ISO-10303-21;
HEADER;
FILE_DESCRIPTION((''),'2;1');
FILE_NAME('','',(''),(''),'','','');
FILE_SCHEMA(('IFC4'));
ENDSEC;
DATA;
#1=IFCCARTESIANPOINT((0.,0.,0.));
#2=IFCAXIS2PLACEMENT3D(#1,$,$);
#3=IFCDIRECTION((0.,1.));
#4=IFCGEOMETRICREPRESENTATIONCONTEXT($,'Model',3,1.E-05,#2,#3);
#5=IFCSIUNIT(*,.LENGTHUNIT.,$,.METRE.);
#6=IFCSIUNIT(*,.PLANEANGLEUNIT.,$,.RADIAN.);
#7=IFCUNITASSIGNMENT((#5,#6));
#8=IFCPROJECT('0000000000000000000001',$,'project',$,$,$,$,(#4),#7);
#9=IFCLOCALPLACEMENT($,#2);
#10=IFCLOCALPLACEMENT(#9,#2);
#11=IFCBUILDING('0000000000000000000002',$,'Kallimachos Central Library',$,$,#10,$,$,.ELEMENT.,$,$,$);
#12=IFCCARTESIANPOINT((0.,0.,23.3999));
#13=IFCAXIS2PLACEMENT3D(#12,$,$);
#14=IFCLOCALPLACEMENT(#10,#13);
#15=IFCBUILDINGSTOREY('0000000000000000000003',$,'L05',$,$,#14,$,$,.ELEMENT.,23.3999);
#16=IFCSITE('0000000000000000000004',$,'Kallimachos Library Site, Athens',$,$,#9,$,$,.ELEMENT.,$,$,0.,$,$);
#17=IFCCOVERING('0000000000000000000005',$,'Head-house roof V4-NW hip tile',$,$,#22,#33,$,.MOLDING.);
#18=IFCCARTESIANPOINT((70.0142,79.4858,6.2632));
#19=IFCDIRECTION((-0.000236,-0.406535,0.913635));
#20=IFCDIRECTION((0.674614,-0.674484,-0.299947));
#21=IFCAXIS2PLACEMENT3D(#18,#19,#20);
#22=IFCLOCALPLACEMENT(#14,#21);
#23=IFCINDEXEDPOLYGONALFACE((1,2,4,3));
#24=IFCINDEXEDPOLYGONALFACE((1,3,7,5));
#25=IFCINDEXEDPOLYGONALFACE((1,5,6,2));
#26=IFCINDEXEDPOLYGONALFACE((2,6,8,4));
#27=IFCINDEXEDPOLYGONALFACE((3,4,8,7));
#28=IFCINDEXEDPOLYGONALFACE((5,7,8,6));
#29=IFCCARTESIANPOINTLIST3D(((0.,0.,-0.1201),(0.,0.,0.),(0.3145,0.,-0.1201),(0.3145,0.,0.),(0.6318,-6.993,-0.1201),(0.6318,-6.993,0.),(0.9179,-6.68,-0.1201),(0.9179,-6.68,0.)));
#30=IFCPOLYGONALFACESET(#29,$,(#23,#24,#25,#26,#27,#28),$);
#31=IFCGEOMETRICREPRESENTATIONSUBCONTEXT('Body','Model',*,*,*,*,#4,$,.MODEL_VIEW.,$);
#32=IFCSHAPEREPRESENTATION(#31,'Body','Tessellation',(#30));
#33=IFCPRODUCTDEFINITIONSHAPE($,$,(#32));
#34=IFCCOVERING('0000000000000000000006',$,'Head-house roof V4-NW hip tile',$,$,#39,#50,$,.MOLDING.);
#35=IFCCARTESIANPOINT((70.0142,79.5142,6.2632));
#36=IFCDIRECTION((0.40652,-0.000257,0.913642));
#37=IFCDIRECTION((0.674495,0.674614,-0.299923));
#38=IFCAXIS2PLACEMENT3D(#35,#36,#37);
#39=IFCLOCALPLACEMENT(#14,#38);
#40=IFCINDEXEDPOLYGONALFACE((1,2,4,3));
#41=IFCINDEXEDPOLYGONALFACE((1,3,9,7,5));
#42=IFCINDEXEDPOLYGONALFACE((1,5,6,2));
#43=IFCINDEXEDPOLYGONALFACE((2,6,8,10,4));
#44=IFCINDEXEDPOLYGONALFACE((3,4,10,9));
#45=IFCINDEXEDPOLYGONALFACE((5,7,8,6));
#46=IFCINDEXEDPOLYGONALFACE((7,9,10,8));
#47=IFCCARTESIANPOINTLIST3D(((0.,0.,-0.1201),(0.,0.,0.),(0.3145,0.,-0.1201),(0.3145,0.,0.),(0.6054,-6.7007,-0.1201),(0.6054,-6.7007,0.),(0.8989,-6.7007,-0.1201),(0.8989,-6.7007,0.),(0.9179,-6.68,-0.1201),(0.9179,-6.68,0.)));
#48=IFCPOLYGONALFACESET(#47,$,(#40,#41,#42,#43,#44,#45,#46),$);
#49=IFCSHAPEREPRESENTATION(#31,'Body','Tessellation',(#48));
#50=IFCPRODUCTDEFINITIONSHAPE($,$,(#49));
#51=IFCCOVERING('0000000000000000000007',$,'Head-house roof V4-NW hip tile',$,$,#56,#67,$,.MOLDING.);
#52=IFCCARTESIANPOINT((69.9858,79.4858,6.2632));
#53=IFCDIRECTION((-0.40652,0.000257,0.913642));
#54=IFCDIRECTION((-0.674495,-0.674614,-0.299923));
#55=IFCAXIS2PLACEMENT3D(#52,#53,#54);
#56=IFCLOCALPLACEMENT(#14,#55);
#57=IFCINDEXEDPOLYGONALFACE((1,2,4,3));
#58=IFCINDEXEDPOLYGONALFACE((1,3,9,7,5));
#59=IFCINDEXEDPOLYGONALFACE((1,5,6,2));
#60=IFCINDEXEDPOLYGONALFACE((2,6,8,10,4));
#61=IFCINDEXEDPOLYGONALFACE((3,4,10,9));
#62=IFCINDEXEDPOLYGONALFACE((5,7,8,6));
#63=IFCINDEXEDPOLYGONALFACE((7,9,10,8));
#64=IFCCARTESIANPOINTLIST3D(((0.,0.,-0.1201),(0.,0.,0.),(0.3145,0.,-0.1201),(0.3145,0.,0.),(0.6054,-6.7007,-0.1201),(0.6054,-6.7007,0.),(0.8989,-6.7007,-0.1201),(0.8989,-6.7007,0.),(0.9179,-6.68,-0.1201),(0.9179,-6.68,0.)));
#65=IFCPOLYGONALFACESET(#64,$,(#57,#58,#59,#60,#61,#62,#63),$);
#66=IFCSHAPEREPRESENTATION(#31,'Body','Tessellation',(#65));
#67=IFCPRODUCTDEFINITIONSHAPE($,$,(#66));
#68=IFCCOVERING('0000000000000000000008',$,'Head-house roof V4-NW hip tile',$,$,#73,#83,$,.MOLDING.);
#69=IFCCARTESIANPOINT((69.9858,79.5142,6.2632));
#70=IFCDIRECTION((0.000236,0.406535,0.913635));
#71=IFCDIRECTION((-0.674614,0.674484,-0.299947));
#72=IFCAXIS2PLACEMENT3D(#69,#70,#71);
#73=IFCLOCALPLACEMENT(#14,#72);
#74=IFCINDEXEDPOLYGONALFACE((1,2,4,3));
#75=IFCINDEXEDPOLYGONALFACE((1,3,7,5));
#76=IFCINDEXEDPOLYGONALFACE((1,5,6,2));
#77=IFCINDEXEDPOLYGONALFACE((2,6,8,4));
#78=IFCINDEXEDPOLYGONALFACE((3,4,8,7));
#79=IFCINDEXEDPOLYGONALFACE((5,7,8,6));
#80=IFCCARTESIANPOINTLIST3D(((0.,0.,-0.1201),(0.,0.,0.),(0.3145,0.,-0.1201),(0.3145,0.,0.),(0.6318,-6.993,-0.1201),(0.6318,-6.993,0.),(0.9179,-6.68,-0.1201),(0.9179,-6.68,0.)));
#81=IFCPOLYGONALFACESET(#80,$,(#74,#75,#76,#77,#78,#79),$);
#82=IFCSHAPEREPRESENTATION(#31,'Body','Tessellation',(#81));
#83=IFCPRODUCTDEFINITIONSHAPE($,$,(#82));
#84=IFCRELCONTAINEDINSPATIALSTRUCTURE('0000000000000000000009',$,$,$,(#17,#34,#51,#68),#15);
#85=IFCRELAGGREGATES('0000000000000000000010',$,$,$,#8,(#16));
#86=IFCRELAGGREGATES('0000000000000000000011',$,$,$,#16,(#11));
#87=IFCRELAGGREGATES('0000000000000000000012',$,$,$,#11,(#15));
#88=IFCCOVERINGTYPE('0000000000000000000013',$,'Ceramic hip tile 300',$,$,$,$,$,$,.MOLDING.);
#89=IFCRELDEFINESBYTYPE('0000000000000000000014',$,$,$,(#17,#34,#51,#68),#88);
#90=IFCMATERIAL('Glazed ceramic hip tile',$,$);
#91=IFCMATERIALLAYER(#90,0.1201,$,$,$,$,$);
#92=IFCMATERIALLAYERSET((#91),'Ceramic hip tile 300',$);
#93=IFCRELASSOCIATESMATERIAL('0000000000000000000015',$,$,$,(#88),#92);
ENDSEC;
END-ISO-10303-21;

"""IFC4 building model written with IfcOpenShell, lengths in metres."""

from ifc_helpers import new_model, si_unit, direction, frame, origin, place, context, subcontext, project, spatial, polyline, outline, extrude, material, layer, layer_set, type_object, element, save


model = new_model("IFC4")

# Units and contexts
model_context = context("Model", 3, precision=1e-05, world=origin(), true_north=direction((0.0, 1.0)))
body_context = subcontext(model_context, "Body", "Model", "MODEL_VIEW")
ifc_project = project(units=[si_unit("LENGTHUNIT", "METRE"), si_unit("PLANEANGLEUNIT", "RADIAN")], contexts=[model_context])

# Site, building, storey
site_placement = place(None, origin())
site = spatial("IfcSite", under=ifc_project, at=site_placement, Name="Kallimachos Library Site, Athens", CompositionType="ELEMENT", RefElevation=0.0)
building_placement = place(site_placement, origin())
building = spatial("IfcBuilding", under=site, at=building_placement, Name="Kallimachos Central Library", CompositionType="ELEMENT")
storey_placement = place(building_placement, frame((0.0, 0.0, 23.3999)))
storey = spatial("IfcBuildingStorey", under=building, at=storey_placement, Name="L05", CompositionType="ELEMENT", Elevation=23.3999)

# Coverings
ifc_material_1 = material(Name="Glazed ceramic hip tile")
ifc_layer_1 = layer(ifc_material_1, 0.1201)
ifc_layer_set_1 = layer_set([ifc_layer_1], Name="Ceramic hip tile 300")
covering_type = type_object("IfcCoveringType", Name="Ceramic hip tile 300", PredefinedType="MOLDING", material=ifc_layer_set_1)
covering_1_placement = place(storey_placement, frame((70.0142, 79.4858, 6.2632), z_axis=(-0.000236, -0.406535, 0.913635), x_axis=(0.674614, -0.674484, -0.299947)))
element("IfcCovering", 1, at=covering_1_placement, inside=storey, type_object=covering_type, Name="Head-house roof V4-NW hip tile", PredefinedType="MOLDING", context=body_context, shape_type="SweptSolid", body=[
    extrude(outline(polyline([(0.0, 0.0), (0.3145, 0.0), (0.9179, -6.68), (0.6318, -6.993), (0.0, 0.0)])), origin(), (0.0, 0.0, -1.0), 0.1201),
])
covering_2_placement = place(storey_placement, frame((70.0142, 79.5142, 6.2632), z_axis=(0.40652, -0.000257, 0.913642), x_axis=(0.674495, 0.674614, -0.299923)))
element("IfcCovering", 2, at=covering_2_placement, inside=storey, type_object=covering_type, Name="Head-house roof V4-NW hip tile", PredefinedType="MOLDING", context=body_context, shape_type="SweptSolid", body=[
    extrude(outline(polyline([(0.0, 0.0), (0.3145, 0.0), (0.9179, -6.68), (0.8989, -6.7007), (0.6054, -6.7007), (0.0, 0.0)])), origin(), (0.0, 0.0, -1.0), 0.1201),
])
covering_3_placement = place(storey_placement, frame((69.9858, 79.4858, 6.2632), z_axis=(-0.40652, 0.000257, 0.913642), x_axis=(-0.674495, -0.674614, -0.299923)))
element("IfcCovering", 3, at=covering_3_placement, inside=storey, type_object=covering_type, Name="Head-house roof V4-NW hip tile", PredefinedType="MOLDING", context=body_context, shape_type="SweptSolid", body=[
    extrude(outline(polyline([(0.0, 0.0), (0.3145, 0.0), (0.9179, -6.68), (0.8989, -6.7007), (0.6054, -6.7007), (0.0, 0.0)])), origin(), (0.0, 0.0, -1.0), 0.1201),
])
covering_4_placement = place(storey_placement, frame((69.9858, 79.5142, 6.2632), z_axis=(0.000236, 0.406535, 0.913635), x_axis=(-0.674614, 0.674484, -0.299947)))
element("IfcCovering", 4, at=covering_4_placement, inside=storey, type_object=covering_type, Name="Head-house roof V4-NW hip tile", PredefinedType="MOLDING", context=body_context, shape_type="SweptSolid", body=[
    extrude(outline(polyline([(0.0, 0.0), (0.3145, 0.0), (0.9179, -6.68), (0.6318, -6.993), (0.0, 0.0)])), origin(), (0.0, 0.0, -1.0), 0.1201),
])

save(model, "model.ifc")
